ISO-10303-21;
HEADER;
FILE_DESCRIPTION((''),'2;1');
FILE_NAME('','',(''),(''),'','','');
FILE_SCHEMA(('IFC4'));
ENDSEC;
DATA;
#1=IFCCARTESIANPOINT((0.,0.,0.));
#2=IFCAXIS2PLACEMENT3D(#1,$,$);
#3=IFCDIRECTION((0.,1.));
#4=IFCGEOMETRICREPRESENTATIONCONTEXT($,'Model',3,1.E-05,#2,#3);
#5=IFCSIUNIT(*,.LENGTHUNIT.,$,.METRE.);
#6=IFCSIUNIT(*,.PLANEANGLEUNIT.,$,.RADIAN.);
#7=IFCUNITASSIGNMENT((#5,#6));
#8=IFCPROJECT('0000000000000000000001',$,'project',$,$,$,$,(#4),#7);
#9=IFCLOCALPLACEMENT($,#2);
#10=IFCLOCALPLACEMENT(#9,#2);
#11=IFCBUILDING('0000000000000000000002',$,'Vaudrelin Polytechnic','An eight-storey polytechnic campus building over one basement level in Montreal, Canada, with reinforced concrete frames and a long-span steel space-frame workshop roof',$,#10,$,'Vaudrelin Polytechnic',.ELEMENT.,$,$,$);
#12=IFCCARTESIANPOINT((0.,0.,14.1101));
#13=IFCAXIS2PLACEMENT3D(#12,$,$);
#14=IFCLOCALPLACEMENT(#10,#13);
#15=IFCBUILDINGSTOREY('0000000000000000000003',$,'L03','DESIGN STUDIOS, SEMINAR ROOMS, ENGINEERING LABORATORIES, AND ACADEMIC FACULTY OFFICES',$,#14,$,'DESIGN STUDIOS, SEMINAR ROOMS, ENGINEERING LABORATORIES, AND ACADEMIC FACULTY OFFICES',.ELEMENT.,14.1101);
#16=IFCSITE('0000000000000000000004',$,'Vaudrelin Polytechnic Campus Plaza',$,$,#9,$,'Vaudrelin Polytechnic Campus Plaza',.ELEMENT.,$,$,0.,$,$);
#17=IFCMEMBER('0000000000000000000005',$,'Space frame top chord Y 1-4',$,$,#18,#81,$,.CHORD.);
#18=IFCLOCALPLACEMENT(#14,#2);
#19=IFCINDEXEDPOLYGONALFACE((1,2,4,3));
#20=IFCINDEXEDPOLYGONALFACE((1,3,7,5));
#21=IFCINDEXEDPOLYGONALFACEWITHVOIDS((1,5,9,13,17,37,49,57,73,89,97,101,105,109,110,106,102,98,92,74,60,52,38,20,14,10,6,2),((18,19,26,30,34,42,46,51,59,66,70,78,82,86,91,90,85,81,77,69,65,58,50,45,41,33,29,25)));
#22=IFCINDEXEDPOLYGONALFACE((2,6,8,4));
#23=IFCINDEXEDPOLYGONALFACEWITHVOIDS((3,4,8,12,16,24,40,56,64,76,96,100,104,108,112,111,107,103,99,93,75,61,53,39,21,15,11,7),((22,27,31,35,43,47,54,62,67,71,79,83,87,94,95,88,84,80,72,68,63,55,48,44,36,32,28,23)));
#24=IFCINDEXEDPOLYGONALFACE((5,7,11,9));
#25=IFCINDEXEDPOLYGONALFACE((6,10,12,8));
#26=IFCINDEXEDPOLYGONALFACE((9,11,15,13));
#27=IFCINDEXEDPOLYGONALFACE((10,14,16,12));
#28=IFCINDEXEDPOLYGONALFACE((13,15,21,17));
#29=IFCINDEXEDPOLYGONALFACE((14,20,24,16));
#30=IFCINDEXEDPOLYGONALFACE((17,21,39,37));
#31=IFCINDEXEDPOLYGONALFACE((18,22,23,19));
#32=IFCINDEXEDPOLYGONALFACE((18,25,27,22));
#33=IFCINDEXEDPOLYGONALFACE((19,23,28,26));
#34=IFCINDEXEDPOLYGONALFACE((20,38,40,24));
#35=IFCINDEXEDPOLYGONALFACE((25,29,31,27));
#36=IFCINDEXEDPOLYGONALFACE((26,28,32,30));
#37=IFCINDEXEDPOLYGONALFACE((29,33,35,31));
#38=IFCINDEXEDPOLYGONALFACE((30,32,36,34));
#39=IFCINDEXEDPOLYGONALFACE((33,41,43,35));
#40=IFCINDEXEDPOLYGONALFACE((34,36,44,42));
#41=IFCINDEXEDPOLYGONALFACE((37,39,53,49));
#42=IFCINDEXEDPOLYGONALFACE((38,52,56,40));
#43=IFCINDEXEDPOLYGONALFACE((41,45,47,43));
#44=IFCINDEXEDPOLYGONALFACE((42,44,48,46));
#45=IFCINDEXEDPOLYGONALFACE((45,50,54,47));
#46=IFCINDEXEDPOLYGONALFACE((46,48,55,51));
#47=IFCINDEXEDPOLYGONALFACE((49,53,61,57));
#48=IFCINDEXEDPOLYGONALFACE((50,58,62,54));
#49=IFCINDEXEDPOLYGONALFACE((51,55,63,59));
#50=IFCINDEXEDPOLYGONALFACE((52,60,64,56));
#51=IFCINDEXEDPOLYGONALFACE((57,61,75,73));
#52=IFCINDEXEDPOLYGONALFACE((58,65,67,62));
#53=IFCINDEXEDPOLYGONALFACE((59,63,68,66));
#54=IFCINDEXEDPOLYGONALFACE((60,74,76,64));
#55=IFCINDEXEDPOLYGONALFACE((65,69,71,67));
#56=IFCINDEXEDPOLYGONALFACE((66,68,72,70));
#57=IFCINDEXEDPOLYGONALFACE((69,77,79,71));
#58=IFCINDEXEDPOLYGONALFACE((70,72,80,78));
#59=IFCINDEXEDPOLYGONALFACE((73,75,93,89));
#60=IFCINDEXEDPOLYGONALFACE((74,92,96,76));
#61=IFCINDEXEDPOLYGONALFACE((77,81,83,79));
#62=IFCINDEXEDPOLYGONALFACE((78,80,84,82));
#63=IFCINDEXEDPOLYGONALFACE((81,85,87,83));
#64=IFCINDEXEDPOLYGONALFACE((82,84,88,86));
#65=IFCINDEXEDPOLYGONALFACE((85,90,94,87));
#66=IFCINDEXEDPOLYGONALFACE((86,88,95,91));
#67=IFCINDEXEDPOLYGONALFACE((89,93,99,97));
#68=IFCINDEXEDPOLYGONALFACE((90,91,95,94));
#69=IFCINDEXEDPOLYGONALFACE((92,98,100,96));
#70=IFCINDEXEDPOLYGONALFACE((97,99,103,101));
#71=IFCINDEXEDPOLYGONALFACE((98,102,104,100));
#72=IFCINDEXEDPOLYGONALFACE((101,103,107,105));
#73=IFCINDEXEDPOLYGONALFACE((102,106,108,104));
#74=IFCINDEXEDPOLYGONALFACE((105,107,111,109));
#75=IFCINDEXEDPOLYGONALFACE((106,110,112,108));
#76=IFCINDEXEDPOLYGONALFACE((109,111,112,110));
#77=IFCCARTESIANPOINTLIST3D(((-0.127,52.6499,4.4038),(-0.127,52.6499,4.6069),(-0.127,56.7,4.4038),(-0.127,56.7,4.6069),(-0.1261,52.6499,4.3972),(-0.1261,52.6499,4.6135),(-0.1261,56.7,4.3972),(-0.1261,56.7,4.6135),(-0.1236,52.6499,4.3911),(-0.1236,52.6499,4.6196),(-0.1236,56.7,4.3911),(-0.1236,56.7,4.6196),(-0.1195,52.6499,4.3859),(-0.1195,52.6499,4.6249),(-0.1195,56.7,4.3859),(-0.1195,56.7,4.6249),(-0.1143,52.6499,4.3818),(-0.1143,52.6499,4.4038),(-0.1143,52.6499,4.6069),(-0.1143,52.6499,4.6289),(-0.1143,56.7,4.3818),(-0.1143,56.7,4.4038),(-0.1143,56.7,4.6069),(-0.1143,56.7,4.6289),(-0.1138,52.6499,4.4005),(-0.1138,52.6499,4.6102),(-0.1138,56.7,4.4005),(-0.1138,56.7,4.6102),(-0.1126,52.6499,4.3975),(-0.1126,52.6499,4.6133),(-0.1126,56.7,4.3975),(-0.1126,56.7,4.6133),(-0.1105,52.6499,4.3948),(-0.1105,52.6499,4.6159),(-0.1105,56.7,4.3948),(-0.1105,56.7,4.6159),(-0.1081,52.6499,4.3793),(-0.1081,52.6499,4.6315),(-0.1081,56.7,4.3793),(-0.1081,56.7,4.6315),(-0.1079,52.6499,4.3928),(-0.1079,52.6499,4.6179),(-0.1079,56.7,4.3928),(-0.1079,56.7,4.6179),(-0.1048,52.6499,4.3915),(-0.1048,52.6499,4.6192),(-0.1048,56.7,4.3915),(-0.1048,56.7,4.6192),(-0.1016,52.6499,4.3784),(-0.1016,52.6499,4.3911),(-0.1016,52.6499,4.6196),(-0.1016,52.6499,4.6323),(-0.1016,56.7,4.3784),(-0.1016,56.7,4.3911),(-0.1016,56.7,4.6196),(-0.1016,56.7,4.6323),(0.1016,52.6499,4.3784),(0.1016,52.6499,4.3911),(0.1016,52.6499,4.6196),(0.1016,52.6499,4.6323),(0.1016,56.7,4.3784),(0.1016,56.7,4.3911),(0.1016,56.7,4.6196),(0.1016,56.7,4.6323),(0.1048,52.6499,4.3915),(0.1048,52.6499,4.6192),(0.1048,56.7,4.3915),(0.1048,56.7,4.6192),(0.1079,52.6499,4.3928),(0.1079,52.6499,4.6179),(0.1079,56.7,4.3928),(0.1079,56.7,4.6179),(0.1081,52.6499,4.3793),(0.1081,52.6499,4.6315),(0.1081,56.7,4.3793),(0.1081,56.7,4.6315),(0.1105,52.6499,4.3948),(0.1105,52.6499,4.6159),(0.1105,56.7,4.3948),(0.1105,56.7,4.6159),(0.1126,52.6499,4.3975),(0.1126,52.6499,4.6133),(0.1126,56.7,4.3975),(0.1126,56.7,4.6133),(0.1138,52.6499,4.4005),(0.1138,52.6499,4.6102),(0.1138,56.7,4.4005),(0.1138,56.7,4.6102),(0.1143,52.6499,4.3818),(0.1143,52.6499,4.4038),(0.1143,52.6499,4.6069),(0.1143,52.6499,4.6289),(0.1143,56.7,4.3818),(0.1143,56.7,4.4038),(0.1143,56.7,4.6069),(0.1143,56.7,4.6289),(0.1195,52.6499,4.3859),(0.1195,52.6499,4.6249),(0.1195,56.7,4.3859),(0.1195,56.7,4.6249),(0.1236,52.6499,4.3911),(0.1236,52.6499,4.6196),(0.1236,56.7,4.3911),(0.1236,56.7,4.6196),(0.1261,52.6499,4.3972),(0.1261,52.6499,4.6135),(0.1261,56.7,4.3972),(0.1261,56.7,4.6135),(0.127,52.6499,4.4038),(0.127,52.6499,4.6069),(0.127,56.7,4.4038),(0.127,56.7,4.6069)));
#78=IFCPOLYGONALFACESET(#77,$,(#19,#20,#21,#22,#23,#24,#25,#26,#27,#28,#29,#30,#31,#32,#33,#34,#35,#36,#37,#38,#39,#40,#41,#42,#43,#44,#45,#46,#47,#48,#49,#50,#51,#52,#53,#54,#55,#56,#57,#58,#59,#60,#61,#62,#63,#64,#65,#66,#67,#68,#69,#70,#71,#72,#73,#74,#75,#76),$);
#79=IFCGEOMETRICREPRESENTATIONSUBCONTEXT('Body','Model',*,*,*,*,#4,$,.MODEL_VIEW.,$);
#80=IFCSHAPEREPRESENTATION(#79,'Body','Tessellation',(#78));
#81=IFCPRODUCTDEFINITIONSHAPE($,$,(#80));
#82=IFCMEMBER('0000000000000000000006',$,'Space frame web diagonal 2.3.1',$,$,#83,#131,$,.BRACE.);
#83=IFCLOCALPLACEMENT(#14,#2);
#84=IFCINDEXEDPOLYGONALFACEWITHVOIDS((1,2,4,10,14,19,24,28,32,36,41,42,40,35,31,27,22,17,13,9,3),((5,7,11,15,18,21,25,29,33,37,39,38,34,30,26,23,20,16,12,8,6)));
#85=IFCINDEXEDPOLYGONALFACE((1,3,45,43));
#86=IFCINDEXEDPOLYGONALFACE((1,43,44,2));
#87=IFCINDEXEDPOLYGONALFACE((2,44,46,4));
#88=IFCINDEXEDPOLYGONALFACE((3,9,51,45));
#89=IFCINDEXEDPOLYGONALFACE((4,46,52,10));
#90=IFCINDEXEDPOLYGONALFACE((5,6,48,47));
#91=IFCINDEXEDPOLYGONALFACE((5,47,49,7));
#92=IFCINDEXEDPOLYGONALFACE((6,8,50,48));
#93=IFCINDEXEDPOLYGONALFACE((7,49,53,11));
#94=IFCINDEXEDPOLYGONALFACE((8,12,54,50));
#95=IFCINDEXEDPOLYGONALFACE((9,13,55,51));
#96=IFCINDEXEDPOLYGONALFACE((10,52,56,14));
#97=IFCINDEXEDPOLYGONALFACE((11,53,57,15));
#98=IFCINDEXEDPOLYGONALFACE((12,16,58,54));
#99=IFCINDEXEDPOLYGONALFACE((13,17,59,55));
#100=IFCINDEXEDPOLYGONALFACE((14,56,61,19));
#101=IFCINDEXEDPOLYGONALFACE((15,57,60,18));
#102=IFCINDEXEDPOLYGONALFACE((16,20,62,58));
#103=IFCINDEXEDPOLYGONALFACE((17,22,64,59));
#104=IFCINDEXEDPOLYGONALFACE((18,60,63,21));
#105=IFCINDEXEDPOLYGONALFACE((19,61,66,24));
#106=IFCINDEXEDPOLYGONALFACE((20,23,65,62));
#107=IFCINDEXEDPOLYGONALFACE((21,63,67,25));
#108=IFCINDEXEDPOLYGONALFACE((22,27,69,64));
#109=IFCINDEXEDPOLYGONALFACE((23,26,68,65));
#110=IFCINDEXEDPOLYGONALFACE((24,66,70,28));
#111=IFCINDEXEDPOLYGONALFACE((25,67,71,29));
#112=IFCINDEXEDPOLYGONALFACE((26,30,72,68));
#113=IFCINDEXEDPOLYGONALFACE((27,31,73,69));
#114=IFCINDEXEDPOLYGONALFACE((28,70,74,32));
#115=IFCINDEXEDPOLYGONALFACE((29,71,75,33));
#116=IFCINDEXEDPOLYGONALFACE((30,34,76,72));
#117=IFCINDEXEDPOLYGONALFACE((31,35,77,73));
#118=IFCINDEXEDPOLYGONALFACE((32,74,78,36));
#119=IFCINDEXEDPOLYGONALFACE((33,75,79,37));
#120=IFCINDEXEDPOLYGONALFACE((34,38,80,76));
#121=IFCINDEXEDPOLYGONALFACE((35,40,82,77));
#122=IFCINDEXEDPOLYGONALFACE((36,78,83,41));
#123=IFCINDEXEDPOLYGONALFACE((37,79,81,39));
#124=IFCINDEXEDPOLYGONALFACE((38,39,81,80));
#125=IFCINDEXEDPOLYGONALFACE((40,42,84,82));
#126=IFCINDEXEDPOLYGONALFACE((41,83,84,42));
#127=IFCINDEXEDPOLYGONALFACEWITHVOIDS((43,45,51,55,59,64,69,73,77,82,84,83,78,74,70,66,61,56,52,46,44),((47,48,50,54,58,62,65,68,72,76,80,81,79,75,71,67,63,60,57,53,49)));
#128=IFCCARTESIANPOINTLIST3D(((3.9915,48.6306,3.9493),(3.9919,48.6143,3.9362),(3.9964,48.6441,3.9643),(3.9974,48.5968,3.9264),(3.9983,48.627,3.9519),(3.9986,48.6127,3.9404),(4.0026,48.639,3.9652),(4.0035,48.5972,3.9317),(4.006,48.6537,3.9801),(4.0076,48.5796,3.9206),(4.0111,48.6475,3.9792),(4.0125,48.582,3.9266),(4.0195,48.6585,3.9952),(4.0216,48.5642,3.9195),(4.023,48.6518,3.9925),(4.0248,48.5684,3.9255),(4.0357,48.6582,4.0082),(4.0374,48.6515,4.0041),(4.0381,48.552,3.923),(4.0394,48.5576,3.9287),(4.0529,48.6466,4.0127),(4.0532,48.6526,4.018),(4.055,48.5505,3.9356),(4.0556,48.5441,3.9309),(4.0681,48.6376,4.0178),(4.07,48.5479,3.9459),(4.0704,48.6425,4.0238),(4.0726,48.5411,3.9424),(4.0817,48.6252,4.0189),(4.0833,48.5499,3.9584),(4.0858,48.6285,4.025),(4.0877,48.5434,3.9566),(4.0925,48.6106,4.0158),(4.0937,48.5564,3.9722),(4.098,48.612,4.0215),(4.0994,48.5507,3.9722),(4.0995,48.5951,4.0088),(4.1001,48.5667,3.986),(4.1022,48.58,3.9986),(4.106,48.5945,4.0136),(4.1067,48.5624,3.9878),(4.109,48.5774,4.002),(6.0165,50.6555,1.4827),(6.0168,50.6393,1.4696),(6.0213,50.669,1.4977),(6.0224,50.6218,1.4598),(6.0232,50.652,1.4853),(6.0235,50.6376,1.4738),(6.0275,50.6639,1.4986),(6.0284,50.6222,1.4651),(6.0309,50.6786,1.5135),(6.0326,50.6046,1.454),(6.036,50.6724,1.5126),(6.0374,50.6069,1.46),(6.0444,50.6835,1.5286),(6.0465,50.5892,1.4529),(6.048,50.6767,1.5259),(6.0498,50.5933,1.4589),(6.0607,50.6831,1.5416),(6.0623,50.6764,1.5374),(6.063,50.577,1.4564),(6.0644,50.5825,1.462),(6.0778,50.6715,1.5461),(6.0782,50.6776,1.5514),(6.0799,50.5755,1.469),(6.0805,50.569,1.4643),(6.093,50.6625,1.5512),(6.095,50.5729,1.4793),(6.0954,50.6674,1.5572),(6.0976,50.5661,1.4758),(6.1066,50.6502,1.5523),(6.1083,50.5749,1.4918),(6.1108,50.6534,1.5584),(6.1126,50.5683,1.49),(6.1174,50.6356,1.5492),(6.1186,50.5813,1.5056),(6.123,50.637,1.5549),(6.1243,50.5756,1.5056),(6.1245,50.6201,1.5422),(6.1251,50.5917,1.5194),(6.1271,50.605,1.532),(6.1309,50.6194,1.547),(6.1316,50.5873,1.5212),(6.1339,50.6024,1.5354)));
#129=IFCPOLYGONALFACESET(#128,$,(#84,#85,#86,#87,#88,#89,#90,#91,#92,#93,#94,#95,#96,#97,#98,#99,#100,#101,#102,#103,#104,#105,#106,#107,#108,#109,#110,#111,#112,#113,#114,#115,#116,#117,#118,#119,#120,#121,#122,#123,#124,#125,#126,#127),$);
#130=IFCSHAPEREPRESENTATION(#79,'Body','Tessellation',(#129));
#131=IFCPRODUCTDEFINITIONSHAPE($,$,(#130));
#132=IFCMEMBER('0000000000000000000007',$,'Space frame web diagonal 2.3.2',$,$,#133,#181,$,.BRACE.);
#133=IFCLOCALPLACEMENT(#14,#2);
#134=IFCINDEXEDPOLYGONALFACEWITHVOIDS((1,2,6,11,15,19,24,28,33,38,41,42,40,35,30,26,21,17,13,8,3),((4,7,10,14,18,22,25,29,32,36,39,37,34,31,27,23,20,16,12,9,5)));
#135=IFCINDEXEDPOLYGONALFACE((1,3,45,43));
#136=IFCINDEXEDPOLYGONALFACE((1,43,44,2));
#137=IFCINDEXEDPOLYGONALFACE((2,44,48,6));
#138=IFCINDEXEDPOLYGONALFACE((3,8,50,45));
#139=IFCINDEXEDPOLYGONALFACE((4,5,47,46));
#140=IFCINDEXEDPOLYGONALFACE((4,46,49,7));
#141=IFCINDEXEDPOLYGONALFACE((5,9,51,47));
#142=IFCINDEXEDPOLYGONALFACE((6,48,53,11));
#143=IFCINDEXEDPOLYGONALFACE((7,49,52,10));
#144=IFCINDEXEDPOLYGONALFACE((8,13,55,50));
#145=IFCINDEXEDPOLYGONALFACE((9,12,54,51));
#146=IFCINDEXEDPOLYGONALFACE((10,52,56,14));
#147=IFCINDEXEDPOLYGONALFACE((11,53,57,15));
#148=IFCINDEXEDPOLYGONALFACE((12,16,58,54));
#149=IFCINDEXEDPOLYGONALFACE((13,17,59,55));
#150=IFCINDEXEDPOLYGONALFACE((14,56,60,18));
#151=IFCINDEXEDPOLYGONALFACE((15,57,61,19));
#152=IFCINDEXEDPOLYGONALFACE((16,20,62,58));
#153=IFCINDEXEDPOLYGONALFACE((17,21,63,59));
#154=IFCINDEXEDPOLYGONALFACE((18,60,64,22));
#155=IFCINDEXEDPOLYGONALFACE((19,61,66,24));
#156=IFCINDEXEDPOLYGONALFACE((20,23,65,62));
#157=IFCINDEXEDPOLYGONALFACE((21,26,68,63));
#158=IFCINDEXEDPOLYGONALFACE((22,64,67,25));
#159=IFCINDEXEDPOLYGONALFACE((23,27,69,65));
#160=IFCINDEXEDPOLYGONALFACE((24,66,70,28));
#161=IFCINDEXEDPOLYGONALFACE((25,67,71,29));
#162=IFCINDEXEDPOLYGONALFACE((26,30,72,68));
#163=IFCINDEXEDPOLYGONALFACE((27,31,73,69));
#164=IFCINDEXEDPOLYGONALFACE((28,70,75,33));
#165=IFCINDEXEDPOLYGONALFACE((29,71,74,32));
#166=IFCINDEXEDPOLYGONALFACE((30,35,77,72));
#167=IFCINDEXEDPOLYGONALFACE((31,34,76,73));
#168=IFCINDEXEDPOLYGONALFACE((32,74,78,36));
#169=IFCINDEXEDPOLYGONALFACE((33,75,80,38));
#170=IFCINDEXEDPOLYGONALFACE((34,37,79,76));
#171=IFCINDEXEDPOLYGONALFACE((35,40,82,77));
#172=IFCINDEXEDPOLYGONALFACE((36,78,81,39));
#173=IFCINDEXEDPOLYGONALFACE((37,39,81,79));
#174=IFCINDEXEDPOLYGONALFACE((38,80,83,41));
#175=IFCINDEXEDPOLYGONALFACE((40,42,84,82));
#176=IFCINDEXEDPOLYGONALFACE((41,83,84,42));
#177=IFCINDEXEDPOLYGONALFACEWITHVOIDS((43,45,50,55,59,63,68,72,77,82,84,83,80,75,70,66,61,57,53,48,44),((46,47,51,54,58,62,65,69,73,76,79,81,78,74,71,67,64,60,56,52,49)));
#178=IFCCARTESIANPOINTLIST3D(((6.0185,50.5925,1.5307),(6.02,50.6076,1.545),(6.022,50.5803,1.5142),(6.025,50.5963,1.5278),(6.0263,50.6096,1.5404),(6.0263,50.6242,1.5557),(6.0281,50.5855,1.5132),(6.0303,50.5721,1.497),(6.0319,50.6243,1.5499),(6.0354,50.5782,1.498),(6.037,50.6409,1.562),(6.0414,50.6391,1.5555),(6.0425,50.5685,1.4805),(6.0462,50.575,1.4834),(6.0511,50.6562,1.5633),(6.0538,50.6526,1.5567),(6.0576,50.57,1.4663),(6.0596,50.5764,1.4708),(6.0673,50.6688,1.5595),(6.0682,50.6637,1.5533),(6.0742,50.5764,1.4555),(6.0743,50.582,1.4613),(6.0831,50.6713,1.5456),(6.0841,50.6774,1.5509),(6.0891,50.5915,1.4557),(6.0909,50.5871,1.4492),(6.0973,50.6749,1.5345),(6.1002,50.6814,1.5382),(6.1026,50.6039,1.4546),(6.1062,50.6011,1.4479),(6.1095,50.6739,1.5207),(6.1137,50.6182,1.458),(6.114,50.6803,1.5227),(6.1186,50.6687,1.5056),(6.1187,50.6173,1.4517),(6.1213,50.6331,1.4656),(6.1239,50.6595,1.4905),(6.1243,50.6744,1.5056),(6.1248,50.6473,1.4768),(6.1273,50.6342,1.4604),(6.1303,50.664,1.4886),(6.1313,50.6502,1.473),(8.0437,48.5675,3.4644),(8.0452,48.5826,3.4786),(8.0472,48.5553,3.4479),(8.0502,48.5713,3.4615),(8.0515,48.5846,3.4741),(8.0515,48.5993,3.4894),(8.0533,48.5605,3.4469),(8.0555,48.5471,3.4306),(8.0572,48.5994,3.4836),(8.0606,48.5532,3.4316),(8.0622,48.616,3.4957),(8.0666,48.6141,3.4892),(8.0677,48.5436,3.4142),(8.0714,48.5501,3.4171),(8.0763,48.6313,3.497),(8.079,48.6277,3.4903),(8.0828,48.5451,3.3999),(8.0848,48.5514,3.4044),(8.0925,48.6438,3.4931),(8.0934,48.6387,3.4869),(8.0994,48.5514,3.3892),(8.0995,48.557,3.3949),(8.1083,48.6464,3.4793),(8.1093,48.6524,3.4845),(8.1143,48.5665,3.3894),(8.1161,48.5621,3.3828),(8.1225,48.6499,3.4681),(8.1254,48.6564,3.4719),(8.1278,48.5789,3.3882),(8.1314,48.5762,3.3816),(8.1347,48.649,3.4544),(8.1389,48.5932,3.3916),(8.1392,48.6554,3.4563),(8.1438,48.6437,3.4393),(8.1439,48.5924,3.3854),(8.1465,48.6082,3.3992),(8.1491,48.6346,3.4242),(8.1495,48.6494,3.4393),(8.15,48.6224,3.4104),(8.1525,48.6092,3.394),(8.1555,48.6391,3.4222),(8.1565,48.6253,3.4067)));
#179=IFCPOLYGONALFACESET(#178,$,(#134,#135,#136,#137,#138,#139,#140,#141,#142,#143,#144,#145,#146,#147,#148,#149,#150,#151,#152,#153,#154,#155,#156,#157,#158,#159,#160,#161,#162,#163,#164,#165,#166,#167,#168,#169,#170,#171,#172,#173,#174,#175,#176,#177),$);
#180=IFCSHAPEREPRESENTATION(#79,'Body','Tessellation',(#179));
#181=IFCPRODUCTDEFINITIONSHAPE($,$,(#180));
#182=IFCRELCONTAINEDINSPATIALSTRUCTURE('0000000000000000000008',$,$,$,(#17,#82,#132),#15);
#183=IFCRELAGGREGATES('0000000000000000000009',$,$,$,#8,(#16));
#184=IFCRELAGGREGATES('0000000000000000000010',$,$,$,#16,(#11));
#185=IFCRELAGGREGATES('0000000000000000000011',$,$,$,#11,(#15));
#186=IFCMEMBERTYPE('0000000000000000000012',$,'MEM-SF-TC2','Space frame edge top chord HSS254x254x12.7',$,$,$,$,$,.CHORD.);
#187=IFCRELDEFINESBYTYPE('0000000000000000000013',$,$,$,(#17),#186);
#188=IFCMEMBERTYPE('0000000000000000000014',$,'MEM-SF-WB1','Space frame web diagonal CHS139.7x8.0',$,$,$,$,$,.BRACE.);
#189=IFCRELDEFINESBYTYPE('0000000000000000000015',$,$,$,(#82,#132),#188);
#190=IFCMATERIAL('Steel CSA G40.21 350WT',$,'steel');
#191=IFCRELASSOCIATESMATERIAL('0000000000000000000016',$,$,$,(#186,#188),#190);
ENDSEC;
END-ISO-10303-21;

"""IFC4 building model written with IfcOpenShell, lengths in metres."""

from ifc_helpers import new_model, si_unit, direction, frame, origin, origin_2d, place, context, subcontext, project, spatial, hollow_rectangle, hollow_circle, extrude, material, material_profile, profile_set, type_object, element, save


model = new_model("IFC4")

# Units and contexts
model_context = context("Model", 3, precision=1e-05, world=origin(), true_north=direction((0.0, 1.0)))
body_context = subcontext(model_context, "Body", "Model", "MODEL_VIEW")
ifc_project = project(units=[si_unit("LENGTHUNIT", "METRE"), si_unit("PLANEANGLEUNIT", "RADIAN")], contexts=[model_context])

# Site, building, storey
site_placement = place(None, origin())
site = spatial("IfcSite", under=ifc_project, at=site_placement, Name="Vaudrelin Polytechnic Campus Plaza", LongName="Vaudrelin Polytechnic Campus Plaza", CompositionType="ELEMENT", RefElevation=0.0)
building_placement = place(site_placement, origin())
building = spatial("IfcBuilding", under=site, at=building_placement, Name="Vaudrelin Polytechnic", Description="An eight-storey polytechnic campus building over one basement level in Montreal, Canada, with reinforced concrete frames and a long-span steel space-frame workshop roof", LongName="Vaudrelin Polytechnic", CompositionType="ELEMENT")
storey_placement = place(building_placement, frame((0.0, 0.0, 14.1101)))
storey = spatial("IfcBuildingStorey", under=building, at=storey_placement, Name="L03", Description="DESIGN STUDIOS, SEMINAR ROOMS, ENGINEERING LABORATORIES, AND ACADEMIC FACULTY OFFICES", LongName="DESIGN STUDIOS, SEMINAR ROOMS, ENGINEERING LABORATORIES, AND ACADEMIC FACULTY OFFICES", CompositionType="ELEMENT", Elevation=14.1101)

# Members
ifc_material_1 = material(Name="Steel CSA G40.21 350WT", Category="steel")
ifc_material_profile_1 = material_profile(ifc_material_1, hollow_rectangle(XDim=0.2539, YDim=0.2539, WallThickness=0.0127, InnerFilletRadius=0.0127, OuterFilletRadius=0.0254, at=origin_2d()), Name="HSS254x254x12.7")
ifc_profile_set_1 = profile_set([ifc_material_profile_1], Name="Steel CSA G40.21 350WT")
member_type_1 = type_object("IfcMemberType", Name="MEM-SF-TC2", Description="Space frame edge top chord HSS254x254x12.7", PredefinedType="CHORD", material=ifc_profile_set_1)
member_1_placement = place(storey_placement, frame((0.0, 52.6499, 4.5054), z_axis=(0.0, 1.0, 0.0), x_axis=(-1.0, 0.0, 0.0)))
element("IfcMember", 1, at=member_1_placement, inside=storey, type_object=member_type_1, Name="Space frame top chord Y 1-4", PredefinedType="CHORD", context=body_context, shape_type="SweptSolid", body=[
    extrude(hollow_rectangle(XDim=0.2539, YDim=0.2539, WallThickness=0.0127, InnerFilletRadius=0.0127, OuterFilletRadius=0.0254, at=origin_2d()), origin(), (0.0, 0.0, 1.0), 4.05),
])
ifc_material_profile_2 = material_profile(ifc_material_1, hollow_circle(Radius=0.0698, WallThickness=0.0081, at=origin_2d()), Name="CHS139.7x8.0")
ifc_profile_set_2 = profile_set([ifc_material_profile_2], Name="Steel CSA G40.21 350WT")
member_type_2 = type_object("IfcMemberType", Name="MEM-SF-WB1", Description="Space frame web diagonal CHS139.7x8.0", PredefinedType="BRACE", material=ifc_profile_set_2)
member_2_placement = place(storey_placement, frame((6.075, 50.625, 1.5056), z_axis=(-0.535765, -0.535765, 0.65262), x_axis=(0.707107, -0.707107, 0.0)))
element("IfcMember", 2, at=member_2_placement, inside=storey, type_object=member_type_2, Name="Space frame web diagonal 2.3.1", PredefinedType="BRACE", context=body_context, shape_type="SweptSolid", body=[
    extrude(hollow_circle(Radius=0.0698, WallThickness=0.0081, at=origin_2d()), origin(), (0.0, 0.0, 1.0), 3.7795),
])
for number, where, z_axis, x_axis, name in (
    (3, (6.075, 50.625, 1.5056), (0.586071, -0.586, 0.559576), (0.707064, 0.707149, 0.0), "Space frame web diagonal 2.3.2"),
):
    element("IfcMember", number, at=place(storey_placement, frame(where, z_axis=z_axis, x_axis=x_axis)), inside=storey, type_object=member_type_2, Name=name, PredefinedType="BRACE", context=body_context, shape_type="SweptSolid", body=[
        extrude(hollow_circle(Radius=0.0698, WallThickness=0.0081, at=origin_2d()), origin(), (0.0, 0.0, 1.0), 3.4556),
    ])

save(model, "model.ifc")
